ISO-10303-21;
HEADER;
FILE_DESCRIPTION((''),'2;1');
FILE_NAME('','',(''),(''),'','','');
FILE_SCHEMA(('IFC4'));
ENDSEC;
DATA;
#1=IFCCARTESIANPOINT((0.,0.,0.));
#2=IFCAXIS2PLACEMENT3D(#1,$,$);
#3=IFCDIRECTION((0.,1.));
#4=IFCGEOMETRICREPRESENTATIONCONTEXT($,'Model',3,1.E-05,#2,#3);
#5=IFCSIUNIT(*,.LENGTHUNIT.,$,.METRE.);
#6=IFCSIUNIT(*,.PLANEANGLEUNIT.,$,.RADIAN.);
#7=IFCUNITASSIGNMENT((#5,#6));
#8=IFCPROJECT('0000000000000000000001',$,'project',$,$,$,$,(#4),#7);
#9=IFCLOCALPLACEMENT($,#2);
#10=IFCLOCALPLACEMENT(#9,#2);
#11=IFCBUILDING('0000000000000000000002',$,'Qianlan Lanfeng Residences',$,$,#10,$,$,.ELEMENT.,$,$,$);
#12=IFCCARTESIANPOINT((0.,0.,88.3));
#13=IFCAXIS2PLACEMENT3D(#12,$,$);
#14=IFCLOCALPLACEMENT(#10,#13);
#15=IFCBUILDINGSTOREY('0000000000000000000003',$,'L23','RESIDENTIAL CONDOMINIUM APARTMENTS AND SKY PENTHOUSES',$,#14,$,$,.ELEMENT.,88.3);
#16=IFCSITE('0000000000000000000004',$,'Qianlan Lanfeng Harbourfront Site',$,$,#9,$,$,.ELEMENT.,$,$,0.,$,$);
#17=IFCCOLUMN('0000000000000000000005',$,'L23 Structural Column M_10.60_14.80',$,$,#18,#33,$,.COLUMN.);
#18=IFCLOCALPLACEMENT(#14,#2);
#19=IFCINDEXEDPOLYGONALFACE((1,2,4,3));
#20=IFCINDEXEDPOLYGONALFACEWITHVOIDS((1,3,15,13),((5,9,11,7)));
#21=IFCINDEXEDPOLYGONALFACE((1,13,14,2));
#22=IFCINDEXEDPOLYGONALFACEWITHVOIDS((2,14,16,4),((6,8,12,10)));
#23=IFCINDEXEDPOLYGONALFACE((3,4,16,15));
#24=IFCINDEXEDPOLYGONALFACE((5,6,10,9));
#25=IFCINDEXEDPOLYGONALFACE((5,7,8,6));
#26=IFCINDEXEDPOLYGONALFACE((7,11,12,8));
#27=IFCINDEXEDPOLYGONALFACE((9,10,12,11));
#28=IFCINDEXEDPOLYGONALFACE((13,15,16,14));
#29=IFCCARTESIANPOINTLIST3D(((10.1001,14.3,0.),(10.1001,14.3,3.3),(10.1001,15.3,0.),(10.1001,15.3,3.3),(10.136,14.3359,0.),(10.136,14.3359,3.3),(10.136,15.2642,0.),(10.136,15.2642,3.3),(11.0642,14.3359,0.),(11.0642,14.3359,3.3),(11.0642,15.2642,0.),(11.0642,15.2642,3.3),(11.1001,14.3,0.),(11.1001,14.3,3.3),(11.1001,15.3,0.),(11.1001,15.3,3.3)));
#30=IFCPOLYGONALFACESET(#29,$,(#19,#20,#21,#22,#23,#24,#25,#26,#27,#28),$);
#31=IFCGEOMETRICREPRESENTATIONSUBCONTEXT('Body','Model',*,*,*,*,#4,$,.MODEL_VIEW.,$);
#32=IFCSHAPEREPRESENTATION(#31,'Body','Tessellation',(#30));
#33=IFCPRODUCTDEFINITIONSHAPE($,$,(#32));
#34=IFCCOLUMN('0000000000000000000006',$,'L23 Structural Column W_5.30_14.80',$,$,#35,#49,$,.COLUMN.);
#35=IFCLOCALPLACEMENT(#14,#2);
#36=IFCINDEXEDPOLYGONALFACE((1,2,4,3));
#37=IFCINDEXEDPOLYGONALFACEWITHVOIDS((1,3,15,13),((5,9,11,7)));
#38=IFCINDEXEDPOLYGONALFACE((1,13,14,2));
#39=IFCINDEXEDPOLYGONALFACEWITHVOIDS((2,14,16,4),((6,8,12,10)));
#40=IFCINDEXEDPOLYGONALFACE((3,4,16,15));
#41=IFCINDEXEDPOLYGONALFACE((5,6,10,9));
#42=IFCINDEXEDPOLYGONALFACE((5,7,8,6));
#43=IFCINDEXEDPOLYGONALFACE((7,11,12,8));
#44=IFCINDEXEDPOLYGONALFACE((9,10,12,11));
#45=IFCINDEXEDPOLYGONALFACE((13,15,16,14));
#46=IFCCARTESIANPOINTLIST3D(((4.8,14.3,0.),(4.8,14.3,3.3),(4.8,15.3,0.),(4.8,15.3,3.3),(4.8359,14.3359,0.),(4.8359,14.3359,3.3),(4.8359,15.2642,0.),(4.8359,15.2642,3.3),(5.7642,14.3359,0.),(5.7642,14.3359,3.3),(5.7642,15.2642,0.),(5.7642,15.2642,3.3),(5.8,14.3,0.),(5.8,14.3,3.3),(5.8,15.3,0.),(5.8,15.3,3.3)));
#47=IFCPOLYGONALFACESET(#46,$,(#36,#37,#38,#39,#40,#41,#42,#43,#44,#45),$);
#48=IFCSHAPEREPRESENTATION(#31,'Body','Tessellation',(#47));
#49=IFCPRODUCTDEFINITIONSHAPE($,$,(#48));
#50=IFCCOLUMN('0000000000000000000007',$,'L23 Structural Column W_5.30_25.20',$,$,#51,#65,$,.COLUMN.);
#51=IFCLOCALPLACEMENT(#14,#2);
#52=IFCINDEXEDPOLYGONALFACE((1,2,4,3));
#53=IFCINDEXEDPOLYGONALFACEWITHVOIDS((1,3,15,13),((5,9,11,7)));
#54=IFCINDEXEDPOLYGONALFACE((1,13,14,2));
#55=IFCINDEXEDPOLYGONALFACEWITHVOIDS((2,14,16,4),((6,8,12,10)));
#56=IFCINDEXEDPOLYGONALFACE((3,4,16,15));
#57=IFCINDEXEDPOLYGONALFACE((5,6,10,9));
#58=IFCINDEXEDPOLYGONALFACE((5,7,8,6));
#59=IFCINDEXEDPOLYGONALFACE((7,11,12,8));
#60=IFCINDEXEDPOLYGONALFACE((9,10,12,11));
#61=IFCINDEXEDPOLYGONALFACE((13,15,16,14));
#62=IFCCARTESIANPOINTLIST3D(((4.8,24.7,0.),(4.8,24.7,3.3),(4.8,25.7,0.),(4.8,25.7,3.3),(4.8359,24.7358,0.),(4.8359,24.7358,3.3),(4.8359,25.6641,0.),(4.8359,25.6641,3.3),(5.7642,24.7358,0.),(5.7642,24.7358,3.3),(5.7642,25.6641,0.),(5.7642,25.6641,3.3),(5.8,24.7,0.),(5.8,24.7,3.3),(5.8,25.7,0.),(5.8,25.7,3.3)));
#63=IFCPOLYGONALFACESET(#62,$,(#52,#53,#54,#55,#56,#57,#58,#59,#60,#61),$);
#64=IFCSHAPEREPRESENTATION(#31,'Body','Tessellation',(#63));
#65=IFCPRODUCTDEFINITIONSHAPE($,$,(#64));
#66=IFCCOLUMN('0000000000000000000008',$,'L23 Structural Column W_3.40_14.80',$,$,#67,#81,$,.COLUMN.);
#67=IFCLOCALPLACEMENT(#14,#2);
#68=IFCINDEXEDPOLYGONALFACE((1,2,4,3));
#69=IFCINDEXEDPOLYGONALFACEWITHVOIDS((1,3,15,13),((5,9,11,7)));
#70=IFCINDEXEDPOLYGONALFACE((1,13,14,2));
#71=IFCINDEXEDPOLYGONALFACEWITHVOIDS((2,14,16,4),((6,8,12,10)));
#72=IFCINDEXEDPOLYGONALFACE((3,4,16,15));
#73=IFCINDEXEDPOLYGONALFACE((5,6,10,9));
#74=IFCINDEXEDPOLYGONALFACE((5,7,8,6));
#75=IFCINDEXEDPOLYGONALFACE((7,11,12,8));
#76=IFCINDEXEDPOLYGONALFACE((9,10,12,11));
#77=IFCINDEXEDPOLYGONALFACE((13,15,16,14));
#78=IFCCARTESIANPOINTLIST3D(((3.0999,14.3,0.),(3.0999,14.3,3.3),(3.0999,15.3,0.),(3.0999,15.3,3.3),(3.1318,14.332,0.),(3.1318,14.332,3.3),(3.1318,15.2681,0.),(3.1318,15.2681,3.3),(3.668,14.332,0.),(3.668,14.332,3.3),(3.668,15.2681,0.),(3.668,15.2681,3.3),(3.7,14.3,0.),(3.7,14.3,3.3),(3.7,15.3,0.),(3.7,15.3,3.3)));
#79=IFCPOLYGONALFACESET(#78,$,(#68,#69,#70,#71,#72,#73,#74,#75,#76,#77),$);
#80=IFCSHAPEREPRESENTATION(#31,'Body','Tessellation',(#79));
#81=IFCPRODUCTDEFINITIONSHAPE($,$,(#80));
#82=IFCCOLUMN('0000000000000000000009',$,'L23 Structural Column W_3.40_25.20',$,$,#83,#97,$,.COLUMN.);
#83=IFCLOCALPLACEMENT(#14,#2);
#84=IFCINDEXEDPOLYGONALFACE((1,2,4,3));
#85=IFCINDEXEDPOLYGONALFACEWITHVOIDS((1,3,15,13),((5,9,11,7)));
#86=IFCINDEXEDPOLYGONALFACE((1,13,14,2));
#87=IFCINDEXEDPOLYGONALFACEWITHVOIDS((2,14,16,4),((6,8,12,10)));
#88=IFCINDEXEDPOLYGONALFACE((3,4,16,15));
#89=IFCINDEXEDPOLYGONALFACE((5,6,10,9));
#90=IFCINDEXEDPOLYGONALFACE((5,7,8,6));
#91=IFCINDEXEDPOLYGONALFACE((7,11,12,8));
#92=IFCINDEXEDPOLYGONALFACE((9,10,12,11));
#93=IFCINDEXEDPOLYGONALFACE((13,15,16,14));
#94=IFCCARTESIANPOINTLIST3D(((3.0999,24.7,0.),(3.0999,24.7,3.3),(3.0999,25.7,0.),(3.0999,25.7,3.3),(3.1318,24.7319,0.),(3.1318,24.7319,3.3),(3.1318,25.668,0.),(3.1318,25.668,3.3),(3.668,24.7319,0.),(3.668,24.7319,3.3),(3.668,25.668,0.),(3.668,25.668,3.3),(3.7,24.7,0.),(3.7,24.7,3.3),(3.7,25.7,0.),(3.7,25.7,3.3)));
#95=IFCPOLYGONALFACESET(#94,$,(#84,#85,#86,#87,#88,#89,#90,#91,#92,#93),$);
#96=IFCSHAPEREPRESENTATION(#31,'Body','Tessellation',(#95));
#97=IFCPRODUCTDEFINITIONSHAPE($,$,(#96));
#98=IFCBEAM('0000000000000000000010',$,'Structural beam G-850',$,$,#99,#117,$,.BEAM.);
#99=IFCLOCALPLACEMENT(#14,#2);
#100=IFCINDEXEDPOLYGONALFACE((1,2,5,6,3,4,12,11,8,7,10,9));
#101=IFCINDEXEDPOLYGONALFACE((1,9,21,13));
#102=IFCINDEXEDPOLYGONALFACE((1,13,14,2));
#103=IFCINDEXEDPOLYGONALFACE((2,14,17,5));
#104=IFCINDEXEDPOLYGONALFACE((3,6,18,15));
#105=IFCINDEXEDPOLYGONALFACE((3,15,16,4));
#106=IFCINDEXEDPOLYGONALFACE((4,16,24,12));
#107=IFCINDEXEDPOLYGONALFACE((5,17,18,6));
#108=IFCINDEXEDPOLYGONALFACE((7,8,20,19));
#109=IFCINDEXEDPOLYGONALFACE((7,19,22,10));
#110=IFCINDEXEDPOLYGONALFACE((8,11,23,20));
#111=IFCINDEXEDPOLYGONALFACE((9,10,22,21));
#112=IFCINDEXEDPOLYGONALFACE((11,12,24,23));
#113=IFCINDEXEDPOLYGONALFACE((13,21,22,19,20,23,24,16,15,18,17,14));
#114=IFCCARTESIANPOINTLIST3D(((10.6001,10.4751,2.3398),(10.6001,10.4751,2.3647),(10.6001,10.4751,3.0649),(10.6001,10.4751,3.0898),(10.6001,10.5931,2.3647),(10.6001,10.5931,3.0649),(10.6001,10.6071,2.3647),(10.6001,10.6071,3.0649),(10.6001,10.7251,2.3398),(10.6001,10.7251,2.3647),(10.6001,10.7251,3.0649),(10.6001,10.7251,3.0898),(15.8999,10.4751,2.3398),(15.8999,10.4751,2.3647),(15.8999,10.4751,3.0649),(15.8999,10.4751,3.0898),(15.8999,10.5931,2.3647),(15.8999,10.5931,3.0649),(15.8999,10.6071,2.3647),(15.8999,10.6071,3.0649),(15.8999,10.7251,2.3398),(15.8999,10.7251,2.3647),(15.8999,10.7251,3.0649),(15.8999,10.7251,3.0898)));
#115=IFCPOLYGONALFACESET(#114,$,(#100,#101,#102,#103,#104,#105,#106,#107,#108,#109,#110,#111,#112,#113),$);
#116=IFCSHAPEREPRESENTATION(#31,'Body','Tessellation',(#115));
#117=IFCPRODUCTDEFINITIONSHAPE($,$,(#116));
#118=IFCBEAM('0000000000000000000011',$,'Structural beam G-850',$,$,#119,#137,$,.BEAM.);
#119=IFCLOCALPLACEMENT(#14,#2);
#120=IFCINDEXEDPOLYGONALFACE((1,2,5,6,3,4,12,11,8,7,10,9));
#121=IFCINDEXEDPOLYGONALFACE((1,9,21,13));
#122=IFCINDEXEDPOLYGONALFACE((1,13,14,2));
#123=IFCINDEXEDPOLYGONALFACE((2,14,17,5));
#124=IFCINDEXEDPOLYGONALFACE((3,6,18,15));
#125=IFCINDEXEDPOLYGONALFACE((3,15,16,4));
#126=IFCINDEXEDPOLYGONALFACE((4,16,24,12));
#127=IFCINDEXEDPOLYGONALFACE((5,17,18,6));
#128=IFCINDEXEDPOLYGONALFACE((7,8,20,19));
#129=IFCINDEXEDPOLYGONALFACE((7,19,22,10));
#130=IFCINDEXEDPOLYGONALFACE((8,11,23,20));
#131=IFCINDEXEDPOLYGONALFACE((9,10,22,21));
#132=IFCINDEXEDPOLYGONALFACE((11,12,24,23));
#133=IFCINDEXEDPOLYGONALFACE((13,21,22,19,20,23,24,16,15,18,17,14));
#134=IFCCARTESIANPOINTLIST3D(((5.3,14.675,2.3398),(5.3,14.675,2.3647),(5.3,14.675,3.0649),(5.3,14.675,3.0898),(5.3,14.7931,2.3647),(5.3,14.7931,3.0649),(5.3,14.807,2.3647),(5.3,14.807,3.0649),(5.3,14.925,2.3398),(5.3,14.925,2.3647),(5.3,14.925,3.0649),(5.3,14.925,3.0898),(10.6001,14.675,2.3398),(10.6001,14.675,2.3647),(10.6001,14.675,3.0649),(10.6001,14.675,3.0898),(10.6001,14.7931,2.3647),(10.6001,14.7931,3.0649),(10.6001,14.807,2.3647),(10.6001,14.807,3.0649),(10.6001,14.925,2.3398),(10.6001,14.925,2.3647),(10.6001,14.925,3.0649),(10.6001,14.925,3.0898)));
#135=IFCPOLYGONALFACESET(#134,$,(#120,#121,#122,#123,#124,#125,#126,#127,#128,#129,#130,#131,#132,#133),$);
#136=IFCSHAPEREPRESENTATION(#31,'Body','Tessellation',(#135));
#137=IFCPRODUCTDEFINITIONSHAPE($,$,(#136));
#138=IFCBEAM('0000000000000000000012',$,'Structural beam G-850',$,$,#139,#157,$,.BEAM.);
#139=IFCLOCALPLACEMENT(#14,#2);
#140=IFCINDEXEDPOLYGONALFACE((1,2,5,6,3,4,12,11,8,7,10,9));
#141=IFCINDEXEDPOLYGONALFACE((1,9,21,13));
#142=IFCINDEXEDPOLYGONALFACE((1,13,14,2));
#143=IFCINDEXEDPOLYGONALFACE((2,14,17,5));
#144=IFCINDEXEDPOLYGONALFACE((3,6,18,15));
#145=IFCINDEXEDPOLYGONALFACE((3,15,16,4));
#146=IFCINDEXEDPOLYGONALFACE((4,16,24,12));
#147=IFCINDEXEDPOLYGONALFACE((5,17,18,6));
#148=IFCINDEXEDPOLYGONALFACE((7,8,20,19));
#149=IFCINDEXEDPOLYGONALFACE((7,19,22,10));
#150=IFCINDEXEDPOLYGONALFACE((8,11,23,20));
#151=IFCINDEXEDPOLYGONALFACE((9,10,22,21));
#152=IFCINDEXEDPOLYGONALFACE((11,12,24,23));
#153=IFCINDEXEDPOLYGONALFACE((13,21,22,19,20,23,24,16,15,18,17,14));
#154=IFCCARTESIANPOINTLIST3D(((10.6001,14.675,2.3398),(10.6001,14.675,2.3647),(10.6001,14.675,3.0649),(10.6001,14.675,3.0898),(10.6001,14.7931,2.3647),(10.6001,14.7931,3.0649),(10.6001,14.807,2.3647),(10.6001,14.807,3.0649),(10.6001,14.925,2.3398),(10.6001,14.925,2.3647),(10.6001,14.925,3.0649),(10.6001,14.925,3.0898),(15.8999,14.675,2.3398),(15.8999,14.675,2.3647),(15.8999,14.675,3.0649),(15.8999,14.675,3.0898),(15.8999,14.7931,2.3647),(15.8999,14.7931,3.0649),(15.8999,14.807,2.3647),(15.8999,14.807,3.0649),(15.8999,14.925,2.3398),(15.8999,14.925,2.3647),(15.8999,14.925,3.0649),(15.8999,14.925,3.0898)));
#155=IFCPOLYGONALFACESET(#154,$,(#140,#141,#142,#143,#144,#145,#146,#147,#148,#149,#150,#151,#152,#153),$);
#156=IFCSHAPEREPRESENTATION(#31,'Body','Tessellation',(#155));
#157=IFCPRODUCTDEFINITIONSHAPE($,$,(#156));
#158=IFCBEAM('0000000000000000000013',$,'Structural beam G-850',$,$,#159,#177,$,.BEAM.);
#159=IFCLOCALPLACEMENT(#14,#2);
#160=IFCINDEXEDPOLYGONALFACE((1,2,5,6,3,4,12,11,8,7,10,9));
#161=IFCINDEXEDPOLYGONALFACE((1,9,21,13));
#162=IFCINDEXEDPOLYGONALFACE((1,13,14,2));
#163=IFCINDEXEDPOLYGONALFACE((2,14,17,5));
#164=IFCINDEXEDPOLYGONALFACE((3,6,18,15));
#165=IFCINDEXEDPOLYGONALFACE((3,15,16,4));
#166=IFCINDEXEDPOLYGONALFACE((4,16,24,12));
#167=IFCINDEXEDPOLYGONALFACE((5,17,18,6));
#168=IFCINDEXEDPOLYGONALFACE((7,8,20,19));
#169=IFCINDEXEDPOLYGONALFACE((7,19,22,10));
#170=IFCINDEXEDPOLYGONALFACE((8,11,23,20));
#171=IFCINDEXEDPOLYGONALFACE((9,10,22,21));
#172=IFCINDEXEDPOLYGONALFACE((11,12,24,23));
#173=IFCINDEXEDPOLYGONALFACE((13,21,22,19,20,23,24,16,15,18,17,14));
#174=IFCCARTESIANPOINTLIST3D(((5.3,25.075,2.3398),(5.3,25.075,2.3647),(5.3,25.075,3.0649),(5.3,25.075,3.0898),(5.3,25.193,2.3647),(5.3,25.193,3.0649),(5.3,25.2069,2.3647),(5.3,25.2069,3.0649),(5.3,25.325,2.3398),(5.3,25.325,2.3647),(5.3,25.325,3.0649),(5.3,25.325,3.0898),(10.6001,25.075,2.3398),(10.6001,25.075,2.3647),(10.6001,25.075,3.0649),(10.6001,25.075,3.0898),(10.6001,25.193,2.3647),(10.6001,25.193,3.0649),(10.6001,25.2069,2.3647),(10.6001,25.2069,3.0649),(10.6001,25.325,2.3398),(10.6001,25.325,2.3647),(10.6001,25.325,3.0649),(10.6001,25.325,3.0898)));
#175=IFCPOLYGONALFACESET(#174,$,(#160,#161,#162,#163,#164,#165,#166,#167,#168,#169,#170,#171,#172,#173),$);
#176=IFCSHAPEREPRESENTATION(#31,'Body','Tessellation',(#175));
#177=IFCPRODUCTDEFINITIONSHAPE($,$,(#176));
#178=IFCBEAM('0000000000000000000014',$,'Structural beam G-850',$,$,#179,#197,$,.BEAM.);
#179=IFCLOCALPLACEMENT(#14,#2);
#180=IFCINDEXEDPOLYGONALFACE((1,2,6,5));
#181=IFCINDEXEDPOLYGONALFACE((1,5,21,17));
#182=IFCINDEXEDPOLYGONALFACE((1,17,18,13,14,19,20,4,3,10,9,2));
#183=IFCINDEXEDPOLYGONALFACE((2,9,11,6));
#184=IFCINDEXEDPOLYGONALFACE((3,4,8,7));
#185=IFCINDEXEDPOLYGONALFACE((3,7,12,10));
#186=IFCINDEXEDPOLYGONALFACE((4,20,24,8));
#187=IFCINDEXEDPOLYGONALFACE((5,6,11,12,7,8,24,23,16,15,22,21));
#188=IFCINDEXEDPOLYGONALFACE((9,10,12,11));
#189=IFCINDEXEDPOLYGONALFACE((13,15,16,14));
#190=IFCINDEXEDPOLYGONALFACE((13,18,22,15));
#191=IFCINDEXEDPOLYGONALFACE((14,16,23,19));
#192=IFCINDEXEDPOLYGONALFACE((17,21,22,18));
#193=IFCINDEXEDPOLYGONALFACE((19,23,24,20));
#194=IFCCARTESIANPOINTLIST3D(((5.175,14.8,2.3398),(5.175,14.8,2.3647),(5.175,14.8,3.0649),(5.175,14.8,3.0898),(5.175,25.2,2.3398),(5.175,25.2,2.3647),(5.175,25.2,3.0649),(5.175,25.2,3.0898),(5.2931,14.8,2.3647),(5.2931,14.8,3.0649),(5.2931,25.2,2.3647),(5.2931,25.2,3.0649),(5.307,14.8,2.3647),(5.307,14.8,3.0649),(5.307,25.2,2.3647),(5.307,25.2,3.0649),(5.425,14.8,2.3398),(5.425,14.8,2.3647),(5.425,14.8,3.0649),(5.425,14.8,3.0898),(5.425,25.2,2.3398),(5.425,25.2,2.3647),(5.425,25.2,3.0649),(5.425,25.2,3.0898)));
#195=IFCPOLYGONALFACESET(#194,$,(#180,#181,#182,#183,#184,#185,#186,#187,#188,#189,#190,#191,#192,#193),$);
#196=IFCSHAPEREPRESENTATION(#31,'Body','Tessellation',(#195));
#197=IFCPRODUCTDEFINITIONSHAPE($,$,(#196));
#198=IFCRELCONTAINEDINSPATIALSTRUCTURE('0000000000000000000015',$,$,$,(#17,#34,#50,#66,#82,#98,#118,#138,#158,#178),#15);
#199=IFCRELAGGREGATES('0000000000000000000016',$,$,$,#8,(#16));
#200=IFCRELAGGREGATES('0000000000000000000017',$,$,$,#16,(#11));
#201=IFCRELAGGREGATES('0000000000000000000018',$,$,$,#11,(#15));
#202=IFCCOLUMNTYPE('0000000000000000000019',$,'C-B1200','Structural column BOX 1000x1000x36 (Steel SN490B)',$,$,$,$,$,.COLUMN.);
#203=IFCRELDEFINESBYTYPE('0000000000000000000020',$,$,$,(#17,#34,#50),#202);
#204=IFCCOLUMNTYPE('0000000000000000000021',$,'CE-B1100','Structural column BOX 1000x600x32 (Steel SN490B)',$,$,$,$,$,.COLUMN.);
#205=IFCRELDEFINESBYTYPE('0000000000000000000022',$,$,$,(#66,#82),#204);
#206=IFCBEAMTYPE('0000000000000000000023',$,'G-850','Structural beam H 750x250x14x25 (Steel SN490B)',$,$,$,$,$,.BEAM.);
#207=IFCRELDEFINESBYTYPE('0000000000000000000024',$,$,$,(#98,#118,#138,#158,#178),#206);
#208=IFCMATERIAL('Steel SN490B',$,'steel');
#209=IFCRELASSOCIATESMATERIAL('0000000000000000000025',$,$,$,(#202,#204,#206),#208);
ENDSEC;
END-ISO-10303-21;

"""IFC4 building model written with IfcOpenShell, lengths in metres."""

from ifc_helpers import new_model, si_unit, direction, frame, origin, origin_2d, place, context, subcontext, project, spatial, hollow_rectangle, i_section, extrude, material, material_profile, profile_set, type_object, element, save


model = new_model("IFC4")

# Units and contexts
model_context = context("Model", 3, precision=1e-05, world=origin(), true_north=direction((0.0, 1.0)))
body_context = subcontext(model_context, "Body", "Model", "MODEL_VIEW")
ifc_project = project(units=[si_unit("LENGTHUNIT", "METRE"), si_unit("PLANEANGLEUNIT", "RADIAN")], contexts=[model_context])

# Site, building, storey
site_placement = place(None, origin())
site = spatial("IfcSite", under=ifc_project, at=site_placement, Name="Qianlan Lanfeng Harbourfront Site", CompositionType="ELEMENT", RefElevation=0.0)
building_placement = place(site_placement, origin())
building = spatial("IfcBuilding", under=site, at=building_placement, Name="Qianlan Lanfeng Residences", CompositionType="ELEMENT")
storey_placement = place(building_placement, frame((0.0, 0.0, 88.3)))
storey = spatial("IfcBuildingStorey", under=building, at=storey_placement, Name="L23", Description="RESIDENTIAL CONDOMINIUM APARTMENTS AND SKY PENTHOUSES", CompositionType="ELEMENT", Elevation=88.3)

# Columns
ifc_material_1 = material(Name="Steel SN490B", Category="steel")
ifc_material_profile_1 = material_profile(ifc_material_1, hollow_rectangle(XDim=1.0, YDim=1.0, WallThickness=0.0359, at=origin_2d()), Name="BOX 1000x1000x36")
ifc_profile_set_1 = profile_set([ifc_material_profile_1], Name="Steel SN490B")
column_type_1 = type_object("IfcColumnType", Name="C-B1200", Description="Structural column BOX 1000x1000x36 (Steel SN490B)", PredefinedType="COLUMN", material=ifc_profile_set_1)
for number, where, z_axis, x_axis, name in (
    (1, (10.6001, 14.8, 0.0), (0.0, 0.0, 1.0), (1.0, 0.0, 0.0), "L23 Structural Column M_10.60_14.80"),
    (2, (5.3, 14.8, 0.0), (0.0, 0.0, 1.0), (1.0, 0.0, 0.0), "L23 Structural Column W_5.30_14.80"),
    (3, (5.3, 25.2, 0.0), (0.0, 0.0, 1.0), (1.0, 0.0, 0.0), "L23 Structural Column W_5.30_25.20"),
):
    element("IfcColumn", number, at=place(storey_placement, frame(where, z_axis=z_axis, x_axis=x_axis)), inside=storey, type_object=column_type_1, Name=name, PredefinedType="COLUMN", context=body_context, shape_type="SweptSolid", body=[
        extrude(hollow_rectangle(XDim=1.0, YDim=1.0, WallThickness=0.0359, at=origin_2d()), origin(), (0.0, 0.0, 1.0), 3.3),
    ])
ifc_material_profile_2 = material_profile(ifc_material_1, hollow_rectangle(XDim=0.6001, YDim=1.0, WallThickness=0.032, at=origin_2d()), Name="BOX 1000x600x32")
ifc_profile_set_2 = profile_set([ifc_material_profile_2], Name="Steel SN490B")
column_type_2 = type_object("IfcColumnType", Name="CE-B1100", Description="Structural column BOX 1000x600x32 (Steel SN490B)", PredefinedType="COLUMN", material=ifc_profile_set_2)
for number, where, z_axis, x_axis, name in (
    (4, (3.3999, 14.8, 0.0), (0.0, 0.0, 1.0), (1.0, 0.0, 0.0), "L23 Structural Column W_3.40_14.80"),
    (5, (3.3999, 25.2, 0.0), (0.0, 0.0, 1.0), (1.0, 0.0, 0.0), "L23 Structural Column W_3.40_25.20"),
):
    element("IfcColumn", number, at=place(storey_placement, frame(where, z_axis=z_axis, x_axis=x_axis)), inside=storey, type_object=column_type_2, Name=name, PredefinedType="COLUMN", context=body_context, shape_type="SweptSolid", body=[
        extrude(hollow_rectangle(XDim=0.6001, YDim=1.0, WallThickness=0.032, at=origin_2d()), origin(), (0.0, 0.0, 1.0), 3.3),
    ])

# Beams
ifc_material_profile_3 = material_profile(ifc_material_1, i_section(OverallWidth=0.25, OverallDepth=0.75, WebThickness=0.0139, FlangeThickness=0.0249, at=origin_2d()), Name="H 750x250x14x25")
ifc_profile_set_3 = profile_set([ifc_material_profile_3], Name="Steel SN490B")
beam_type_1 = type_object("IfcBeamType", Name="G-850", Description="Structural beam H 750x250x14x25 (Steel SN490B)", PredefinedType="BEAM", material=ifc_profile_set_3)
beam_1_placement = place(storey_placement, frame((10.6001, 10.6001, 2.7148), z_axis=(1.0, 0.0, 0.0), x_axis=(0.0, 1.0, 0.0)))
element("IfcBeam", 6, at=beam_1_placement, inside=storey, type_object=beam_type_1, Name="Structural beam G-850", PredefinedType="BEAM", context=body_context, shape_type="SweptSolid", body=[
    extrude(i_section(OverallWidth=0.25, OverallDepth=0.75, WebThickness=0.0139, FlangeThickness=0.0249, at=origin_2d()), origin(), (0.0, 0.0, 1.0), 5.2998),
])
beam_2_placement = place(storey_placement, frame((5.3, 14.8, 2.7148), z_axis=(1.0, 0.0, 0.0), x_axis=(0.0, 1.0, 0.0)))
element("IfcBeam", 7, at=beam_2_placement, inside=storey, type_object=beam_type_1, Name="Structural beam G-850", PredefinedType="BEAM", context=body_context, shape_type="SweptSolid", body=[
    extrude(i_section(OverallWidth=0.25, OverallDepth=0.75, WebThickness=0.0139, FlangeThickness=0.0249, at=origin_2d()), origin(), (0.0, 0.0, 1.0), 5.3),
])
beam_3_placement = place(storey_placement, frame((10.6001, 14.8, 2.7148), z_axis=(1.0, 0.0, 0.0), x_axis=(0.0, 1.0, 0.0)))
element("IfcBeam", 8, at=beam_3_placement, inside=storey, type_object=beam_type_1, Name="Structural beam G-850", PredefinedType="BEAM", context=body_context, shape_type="SweptSolid", body=[
    extrude(i_section(OverallWidth=0.25, OverallDepth=0.75, WebThickness=0.0139, FlangeThickness=0.0249, at=origin_2d()), origin(), (0.0, 0.0, 1.0), 5.2998),
])
beam_4_placement = place(storey_placement, frame((5.3, 25.2, 2.7148), z_axis=(1.0, 0.0, 0.0), x_axis=(0.0, 1.0, 0.0)))
element("IfcBeam", 9, at=beam_4_placement, inside=storey, type_object=beam_type_1, Name="Structural beam G-850", PredefinedType="BEAM", context=body_context, shape_type="SweptSolid", body=[
    extrude(i_section(OverallWidth=0.25, OverallDepth=0.75, WebThickness=0.0139, FlangeThickness=0.0249, at=origin_2d()), origin(), (0.0, 0.0, 1.0), 5.3),
])
beam_5_placement = place(storey_placement, frame((5.3, 14.8, 2.7148), z_axis=(0.0, 1.0, 0.0), x_axis=(-1.0, 0.0, 0.0)))
element("IfcBeam", 10, at=beam_5_placement, inside=storey, type_object=beam_type_1, Name="Structural beam G-850", PredefinedType="BEAM", context=body_context, shape_type="SweptSolid", body=[
    extrude(i_section(OverallWidth=0.25, OverallDepth=0.75, WebThickness=0.0139, FlangeThickness=0.0249, at=origin_2d()), origin(), (0.0, 0.0, 1.0), 10.3999),
])

save(model, "model.ifc")
